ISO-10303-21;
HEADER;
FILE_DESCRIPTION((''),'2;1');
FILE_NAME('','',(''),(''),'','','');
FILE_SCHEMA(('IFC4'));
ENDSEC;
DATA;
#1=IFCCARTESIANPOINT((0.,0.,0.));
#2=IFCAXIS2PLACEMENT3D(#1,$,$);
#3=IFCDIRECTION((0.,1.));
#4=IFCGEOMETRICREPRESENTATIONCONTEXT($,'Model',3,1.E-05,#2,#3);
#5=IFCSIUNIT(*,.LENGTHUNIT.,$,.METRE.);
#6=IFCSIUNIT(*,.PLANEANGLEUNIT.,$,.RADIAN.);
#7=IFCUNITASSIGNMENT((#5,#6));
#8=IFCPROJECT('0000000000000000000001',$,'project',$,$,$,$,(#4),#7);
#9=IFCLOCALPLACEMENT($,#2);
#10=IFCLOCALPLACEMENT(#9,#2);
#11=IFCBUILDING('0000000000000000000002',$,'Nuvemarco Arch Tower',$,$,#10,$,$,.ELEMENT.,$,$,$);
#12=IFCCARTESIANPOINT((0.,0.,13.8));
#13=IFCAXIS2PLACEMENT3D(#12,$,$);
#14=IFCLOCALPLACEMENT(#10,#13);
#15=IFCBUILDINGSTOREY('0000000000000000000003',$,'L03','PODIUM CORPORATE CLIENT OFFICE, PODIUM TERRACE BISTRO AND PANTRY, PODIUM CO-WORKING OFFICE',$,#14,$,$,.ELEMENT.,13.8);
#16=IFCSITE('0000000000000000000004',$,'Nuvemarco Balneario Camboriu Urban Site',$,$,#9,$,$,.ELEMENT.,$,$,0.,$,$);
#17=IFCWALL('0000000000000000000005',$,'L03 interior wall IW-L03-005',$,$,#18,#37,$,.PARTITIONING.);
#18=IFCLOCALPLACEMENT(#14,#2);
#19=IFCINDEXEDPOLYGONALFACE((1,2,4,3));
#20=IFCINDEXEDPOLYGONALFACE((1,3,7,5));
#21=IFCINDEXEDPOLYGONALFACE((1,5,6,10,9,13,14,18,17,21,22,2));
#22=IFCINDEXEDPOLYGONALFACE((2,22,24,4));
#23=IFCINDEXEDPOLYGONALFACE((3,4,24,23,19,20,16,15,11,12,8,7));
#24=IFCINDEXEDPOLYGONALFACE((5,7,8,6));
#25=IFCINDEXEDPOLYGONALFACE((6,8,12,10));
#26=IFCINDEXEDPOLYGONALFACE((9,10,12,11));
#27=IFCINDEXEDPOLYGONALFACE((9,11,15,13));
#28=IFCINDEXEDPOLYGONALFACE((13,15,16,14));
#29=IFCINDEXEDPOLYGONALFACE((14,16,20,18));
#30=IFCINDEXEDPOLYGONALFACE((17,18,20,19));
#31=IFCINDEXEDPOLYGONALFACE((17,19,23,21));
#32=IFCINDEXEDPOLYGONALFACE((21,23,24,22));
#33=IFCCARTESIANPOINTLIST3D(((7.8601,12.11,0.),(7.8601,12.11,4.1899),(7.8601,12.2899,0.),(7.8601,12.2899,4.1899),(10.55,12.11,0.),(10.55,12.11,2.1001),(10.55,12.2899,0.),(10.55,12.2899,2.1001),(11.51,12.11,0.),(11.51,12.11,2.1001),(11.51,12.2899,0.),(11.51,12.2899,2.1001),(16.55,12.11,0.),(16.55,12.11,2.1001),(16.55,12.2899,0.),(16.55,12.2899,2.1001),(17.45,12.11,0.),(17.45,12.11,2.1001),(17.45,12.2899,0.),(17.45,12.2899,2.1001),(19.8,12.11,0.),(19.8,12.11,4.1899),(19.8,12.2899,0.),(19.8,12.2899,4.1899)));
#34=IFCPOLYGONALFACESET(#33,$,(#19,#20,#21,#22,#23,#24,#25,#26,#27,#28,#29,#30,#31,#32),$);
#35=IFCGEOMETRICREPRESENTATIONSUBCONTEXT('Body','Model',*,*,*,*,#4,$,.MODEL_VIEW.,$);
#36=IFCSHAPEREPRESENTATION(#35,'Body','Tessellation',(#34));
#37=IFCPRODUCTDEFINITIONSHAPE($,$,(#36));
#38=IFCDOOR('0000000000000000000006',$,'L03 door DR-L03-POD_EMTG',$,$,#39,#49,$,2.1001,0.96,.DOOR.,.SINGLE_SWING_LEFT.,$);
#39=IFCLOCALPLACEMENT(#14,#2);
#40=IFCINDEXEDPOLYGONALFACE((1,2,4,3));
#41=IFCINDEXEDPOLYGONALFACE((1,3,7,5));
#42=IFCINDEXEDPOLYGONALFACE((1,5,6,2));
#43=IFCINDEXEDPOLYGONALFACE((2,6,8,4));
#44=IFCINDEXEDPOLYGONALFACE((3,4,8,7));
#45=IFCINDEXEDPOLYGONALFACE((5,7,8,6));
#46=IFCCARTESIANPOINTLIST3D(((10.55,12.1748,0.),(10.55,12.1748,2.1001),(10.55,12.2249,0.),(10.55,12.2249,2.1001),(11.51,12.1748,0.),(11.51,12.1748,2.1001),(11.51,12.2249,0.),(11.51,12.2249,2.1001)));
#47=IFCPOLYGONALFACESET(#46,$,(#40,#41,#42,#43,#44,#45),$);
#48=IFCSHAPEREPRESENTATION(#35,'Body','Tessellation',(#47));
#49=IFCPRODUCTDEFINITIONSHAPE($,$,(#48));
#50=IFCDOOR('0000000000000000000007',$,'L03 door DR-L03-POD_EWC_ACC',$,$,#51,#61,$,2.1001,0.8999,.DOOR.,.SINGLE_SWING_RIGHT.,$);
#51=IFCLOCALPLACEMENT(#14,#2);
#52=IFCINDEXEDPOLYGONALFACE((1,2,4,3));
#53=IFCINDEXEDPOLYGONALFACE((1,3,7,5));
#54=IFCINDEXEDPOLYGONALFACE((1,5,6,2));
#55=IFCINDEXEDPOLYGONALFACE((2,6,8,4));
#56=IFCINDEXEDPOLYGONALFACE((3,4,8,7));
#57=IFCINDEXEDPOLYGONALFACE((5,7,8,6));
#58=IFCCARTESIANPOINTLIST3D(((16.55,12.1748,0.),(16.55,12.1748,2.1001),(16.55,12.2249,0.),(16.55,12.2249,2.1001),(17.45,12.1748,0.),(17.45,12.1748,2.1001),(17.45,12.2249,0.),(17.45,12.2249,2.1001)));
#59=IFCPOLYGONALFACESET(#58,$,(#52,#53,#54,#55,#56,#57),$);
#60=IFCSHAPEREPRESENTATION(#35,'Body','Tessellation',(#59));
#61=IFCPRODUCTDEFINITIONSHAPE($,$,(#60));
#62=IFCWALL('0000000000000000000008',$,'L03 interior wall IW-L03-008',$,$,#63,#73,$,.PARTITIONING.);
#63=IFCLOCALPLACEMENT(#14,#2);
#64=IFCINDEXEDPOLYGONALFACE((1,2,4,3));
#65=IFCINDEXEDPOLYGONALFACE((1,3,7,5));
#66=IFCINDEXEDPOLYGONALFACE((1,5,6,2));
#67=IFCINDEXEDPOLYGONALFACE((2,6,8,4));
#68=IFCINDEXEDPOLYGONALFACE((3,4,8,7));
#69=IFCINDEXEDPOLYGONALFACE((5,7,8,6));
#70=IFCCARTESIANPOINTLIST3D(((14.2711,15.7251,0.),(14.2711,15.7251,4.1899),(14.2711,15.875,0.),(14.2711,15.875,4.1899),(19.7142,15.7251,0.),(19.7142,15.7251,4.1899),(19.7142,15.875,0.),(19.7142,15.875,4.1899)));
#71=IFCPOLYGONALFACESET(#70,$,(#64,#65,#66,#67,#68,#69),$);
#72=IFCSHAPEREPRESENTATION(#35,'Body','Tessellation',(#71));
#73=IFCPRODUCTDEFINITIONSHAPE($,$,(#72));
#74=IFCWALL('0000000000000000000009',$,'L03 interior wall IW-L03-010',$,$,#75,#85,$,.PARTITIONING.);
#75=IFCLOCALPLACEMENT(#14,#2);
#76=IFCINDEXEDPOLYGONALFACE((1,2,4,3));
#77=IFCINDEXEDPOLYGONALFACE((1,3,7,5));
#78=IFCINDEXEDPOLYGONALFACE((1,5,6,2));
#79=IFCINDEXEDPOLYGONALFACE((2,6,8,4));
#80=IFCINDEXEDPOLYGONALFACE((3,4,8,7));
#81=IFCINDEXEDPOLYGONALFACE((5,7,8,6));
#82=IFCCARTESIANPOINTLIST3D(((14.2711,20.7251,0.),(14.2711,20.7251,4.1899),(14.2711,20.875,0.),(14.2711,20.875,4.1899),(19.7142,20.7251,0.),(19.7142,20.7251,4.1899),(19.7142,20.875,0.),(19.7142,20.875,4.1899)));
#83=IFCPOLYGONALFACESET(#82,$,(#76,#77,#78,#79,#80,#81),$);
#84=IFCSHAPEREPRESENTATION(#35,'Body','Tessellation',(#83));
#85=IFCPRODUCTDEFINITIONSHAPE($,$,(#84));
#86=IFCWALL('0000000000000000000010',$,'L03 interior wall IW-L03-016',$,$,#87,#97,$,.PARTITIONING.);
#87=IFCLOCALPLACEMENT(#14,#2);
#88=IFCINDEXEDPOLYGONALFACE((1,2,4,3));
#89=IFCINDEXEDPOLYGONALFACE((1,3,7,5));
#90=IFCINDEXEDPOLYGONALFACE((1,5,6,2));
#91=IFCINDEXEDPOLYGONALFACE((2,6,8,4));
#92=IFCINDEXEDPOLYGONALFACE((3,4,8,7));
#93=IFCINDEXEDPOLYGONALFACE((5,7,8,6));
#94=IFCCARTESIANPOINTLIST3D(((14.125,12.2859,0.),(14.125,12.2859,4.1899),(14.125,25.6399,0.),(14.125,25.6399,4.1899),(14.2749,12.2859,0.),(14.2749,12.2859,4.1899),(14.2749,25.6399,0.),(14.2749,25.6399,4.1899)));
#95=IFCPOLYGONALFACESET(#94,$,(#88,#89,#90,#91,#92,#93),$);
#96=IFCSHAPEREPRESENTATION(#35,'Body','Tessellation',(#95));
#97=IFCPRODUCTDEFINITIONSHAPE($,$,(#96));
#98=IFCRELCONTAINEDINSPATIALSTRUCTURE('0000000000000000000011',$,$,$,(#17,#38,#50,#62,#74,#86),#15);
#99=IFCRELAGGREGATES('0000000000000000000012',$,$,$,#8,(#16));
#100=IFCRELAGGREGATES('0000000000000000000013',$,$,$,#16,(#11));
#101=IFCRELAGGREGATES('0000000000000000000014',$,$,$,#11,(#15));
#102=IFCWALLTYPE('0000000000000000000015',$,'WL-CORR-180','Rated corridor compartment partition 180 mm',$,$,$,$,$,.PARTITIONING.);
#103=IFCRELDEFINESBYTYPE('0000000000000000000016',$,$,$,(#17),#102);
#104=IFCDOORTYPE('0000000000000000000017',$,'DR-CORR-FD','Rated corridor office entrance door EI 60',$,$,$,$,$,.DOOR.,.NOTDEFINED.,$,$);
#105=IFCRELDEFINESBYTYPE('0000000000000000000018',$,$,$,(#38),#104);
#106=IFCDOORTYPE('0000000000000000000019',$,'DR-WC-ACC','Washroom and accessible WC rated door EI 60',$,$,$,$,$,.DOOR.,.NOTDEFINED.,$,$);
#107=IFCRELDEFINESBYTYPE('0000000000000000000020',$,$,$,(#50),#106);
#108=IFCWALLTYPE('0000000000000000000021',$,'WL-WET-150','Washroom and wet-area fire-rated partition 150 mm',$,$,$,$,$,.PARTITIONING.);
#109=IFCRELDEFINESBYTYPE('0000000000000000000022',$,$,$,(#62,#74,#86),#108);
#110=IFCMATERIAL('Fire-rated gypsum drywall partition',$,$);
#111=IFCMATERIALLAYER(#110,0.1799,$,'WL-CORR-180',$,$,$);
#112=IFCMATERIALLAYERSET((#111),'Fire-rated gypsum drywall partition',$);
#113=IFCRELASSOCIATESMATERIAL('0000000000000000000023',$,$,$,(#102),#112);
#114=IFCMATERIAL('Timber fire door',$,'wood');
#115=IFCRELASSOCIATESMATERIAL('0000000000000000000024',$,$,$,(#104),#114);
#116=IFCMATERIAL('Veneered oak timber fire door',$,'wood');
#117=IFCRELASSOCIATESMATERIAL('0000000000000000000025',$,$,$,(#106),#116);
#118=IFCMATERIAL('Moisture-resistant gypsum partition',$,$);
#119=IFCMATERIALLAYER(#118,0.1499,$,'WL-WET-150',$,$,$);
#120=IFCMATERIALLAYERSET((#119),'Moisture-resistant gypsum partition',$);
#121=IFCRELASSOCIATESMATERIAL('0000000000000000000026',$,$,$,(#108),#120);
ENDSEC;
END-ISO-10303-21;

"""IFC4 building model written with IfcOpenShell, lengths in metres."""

from ifc_helpers import new_model, si_unit, direction, frame, frame_2d, origin, place, context, subcontext, project, spatial, rectangle, extrude, source, transform, mapped, material, layer, layer_set, type_object, type_shapes, element, fill, save


model = new_model("IFC4")

# Units and contexts
model_context = context("Model", 3, precision=1e-05, world=origin(), true_north=direction((0.0, 1.0)))
body_context = subcontext(model_context, "Body", "Model", "MODEL_VIEW")
ifc_project = project(units=[si_unit("LENGTHUNIT", "METRE"), si_unit("PLANEANGLEUNIT", "RADIAN")], contexts=[model_context])

# Site, building, storey
site_placement = place(None, origin())
site = spatial("IfcSite", under=ifc_project, at=site_placement, Name="Nuvemarco Balneario Camboriu Urban Site", CompositionType="ELEMENT", RefElevation=0.0)
building_placement = place(site_placement, origin())
building = spatial("IfcBuilding", under=site, at=building_placement, Name="Nuvemarco Arch Tower", CompositionType="ELEMENT")
storey_placement = place(building_placement, frame((0.0, 0.0, 13.8)))
storey = spatial("IfcBuildingStorey", under=building, at=storey_placement, Name="L03", Description="PODIUM CORPORATE CLIENT OFFICE, PODIUM TERRACE BISTRO AND PANTRY, PODIUM CO-WORKING OFFICE", CompositionType="ELEMENT", Elevation=13.8)

# Wall, openings, doors
ifc_material_1 = material(Name="Fire-rated gypsum drywall partition")
ifc_layer_1 = layer(ifc_material_1, 0.1799, Name="WL-CORR-180")
ifc_layer_set_1 = layer_set([ifc_layer_1], Name="Fire-rated gypsum drywall partition")
wall_type_1 = type_object("IfcWallType", Name="WL-CORR-180", Description="Rated corridor compartment partition 180 mm", PredefinedType="PARTITIONING", material=ifc_layer_set_1)
wall_1_placement = place(storey_placement, frame((7.8601, 12.2, 0.0), z_axis=(0.0, 0.0, 1.0), x_axis=(1.0, 0.0, 0.0)))
wall_1 = element("IfcWall", 1, at=wall_1_placement, inside=storey, type_object=wall_type_1, Name="L03 interior wall IW-L03-005", PredefinedType="PARTITIONING", context=body_context, shape_type="SweptSolid", body=[
    extrude(rectangle(XDim=11.9399, YDim=0.1799, at=frame_2d((5.97, 0.0))), origin(), (0.0, 0.0, 1.0), 4.1899),
])
opening_1_placement = place(wall_1_placement, frame((2.6899, 0.0, 0.0)))
opening_1 = element("IfcOpeningElement", 2, at=opening_1_placement, cuts=wall_1, PredefinedType="OPENING", context=body_context, shape_type="SweptSolid", body=[
    extrude(rectangle(XDim=0.96, YDim=2.1001, at=frame_2d((0.48, 1.05))), frame((0.0, 0.0999, 0.0), z_axis=(0.0, -1.0, 0.0), x_axis=(1.0, 0.0, 0.0)), (0.0, 0.0, 1.0), 0.2),
])
opening_2_placement = place(wall_1_placement, frame((8.6899, 0.0, 0.0)))
opening_2 = element("IfcOpeningElement", 3, at=opening_2_placement, cuts=wall_1, PredefinedType="OPENING", context=body_context, shape_type="SweptSolid", body=[
    extrude(rectangle(XDim=0.8999, YDim=2.1001, at=frame_2d((0.45, 1.05))), frame((0.0, 0.0999, 0.0), z_axis=(0.0, -1.0, 0.0), x_axis=(1.0, 0.0, 0.0)), (0.0, 0.0, 1.0), 0.2),
])
ifc_material_2 = material(Name="Timber fire door", Category="wood")
door_type_1 = type_object("IfcDoorType", Name="DR-CORR-FD", Description="Rated corridor office entrance door EI 60", OperationType="NOTDEFINED", PredefinedType="DOOR", material=ifc_material_2)
shared_shape_1 = source(origin(), body_context, "Body", "SweptSolid", [
    extrude(rectangle(XDim=0.96, YDim=2.1001, at=frame_2d((0.48, 1.05))), frame((0.0, 0.0249, 0.0), z_axis=(0.0, -1.0, 0.0), x_axis=(1.0, 0.0, 0.0)), (0.0, 0.0, 1.0), 0.05),
])
type_shapes(door_type_1, [shared_shape_1])
door_1_placement = place(opening_1_placement, origin())
door_1 = element("IfcDoor", 4, at=door_1_placement, inside=storey, type_object=door_type_1, Name="L03 door DR-L03-POD_EMTG", OperationType="SINGLE_SWING_LEFT", OverallHeight=2.1001, OverallWidth=0.96, PredefinedType="DOOR", context=body_context, shape_type="MappedRepresentation", body=[
    mapped(shared_shape_1, transform((0.0, 0.0, 0.0), scale=1.0)),
])
fill(opening_1, door_1)
ifc_material_3 = material(Name="Veneered oak timber fire door", Category="wood")
door_type_2 = type_object("IfcDoorType", Name="DR-WC-ACC", Description="Washroom and accessible WC rated door EI 60", OperationType="NOTDEFINED", PredefinedType="DOOR", material=ifc_material_3)
shared_shape_2 = source(origin(), body_context, "Body", "SweptSolid", [
    extrude(rectangle(XDim=0.8999, YDim=2.1001, at=frame_2d((0.45, 1.05))), frame((0.0, 0.0249, 0.0), z_axis=(0.0, -1.0, 0.0), x_axis=(1.0, 0.0, 0.0)), (0.0, 0.0, 1.0), 0.05),
])
type_shapes(door_type_2, [shared_shape_2])
door_2_placement = place(opening_2_placement, origin())
door_2 = element("IfcDoor", 5, at=door_2_placement, inside=storey, type_object=door_type_2, Name="L03 door DR-L03-POD_EWC_ACC", OperationType="SINGLE_SWING_RIGHT", OverallHeight=2.1001, OverallWidth=0.8999, PredefinedType="DOOR", context=body_context, shape_type="MappedRepresentation", body=[
    mapped(shared_shape_2, transform((0.0, 0.0, 0.0), scale=1.0)),
])
fill(opening_2, door_2)

# Walls
ifc_material_4 = material(Name="Moisture-resistant gypsum partition")
ifc_layer_2 = layer(ifc_material_4, 0.1499, Name="WL-WET-150")
ifc_layer_set_2 = layer_set([ifc_layer_2], Name="Moisture-resistant gypsum partition")
wall_type_2 = type_object("IfcWallType", Name="WL-WET-150", Description="Washroom and wet-area fire-rated partition 150 mm", PredefinedType="PARTITIONING", material=ifc_layer_set_2)
for number, where, z_axis, x_axis, name in (
    (6, (14.271, 15.8, 0.0), (0.0, 0.0, 1.0), (1.0, 0.0, 0.0), "L03 interior wall IW-L03-008"),
    (7, (14.271, 20.8, 0.0), (0.0, 0.0, 1.0), (1.0, 0.0, 0.0), "L03 interior wall IW-L03-010"),
):
    element("IfcWall", number, at=place(storey_placement, frame(where, z_axis=z_axis, x_axis=x_axis)), inside=storey, type_object=wall_type_2, Name=name, PredefinedType="PARTITIONING", context=body_context, shape_type="SweptSolid", body=[
        extrude(rectangle(XDim=5.4431, YDim=0.1499, at=frame_2d((2.7217, 0.0))), origin(), (0.0, 0.0, 1.0), 4.1899),
    ])
wall_2_placement = place(storey_placement, frame((14.2, 12.2859, 0.0), z_axis=(0.0, 0.0, 1.0), x_axis=(0.0, 1.0, 0.0)))
element("IfcWall", 8, at=wall_2_placement, inside=storey, type_object=wall_type_2, Name="L03 interior wall IW-L03-016", PredefinedType="PARTITIONING", context=body_context, shape_type="SweptSolid", body=[
    extrude(rectangle(XDim=13.354, YDim=0.1499, at=frame_2d((6.677, 0.0))), origin(), (0.0, 0.0, 1.0), 4.1899),
])

save(model, "model.ifc")
